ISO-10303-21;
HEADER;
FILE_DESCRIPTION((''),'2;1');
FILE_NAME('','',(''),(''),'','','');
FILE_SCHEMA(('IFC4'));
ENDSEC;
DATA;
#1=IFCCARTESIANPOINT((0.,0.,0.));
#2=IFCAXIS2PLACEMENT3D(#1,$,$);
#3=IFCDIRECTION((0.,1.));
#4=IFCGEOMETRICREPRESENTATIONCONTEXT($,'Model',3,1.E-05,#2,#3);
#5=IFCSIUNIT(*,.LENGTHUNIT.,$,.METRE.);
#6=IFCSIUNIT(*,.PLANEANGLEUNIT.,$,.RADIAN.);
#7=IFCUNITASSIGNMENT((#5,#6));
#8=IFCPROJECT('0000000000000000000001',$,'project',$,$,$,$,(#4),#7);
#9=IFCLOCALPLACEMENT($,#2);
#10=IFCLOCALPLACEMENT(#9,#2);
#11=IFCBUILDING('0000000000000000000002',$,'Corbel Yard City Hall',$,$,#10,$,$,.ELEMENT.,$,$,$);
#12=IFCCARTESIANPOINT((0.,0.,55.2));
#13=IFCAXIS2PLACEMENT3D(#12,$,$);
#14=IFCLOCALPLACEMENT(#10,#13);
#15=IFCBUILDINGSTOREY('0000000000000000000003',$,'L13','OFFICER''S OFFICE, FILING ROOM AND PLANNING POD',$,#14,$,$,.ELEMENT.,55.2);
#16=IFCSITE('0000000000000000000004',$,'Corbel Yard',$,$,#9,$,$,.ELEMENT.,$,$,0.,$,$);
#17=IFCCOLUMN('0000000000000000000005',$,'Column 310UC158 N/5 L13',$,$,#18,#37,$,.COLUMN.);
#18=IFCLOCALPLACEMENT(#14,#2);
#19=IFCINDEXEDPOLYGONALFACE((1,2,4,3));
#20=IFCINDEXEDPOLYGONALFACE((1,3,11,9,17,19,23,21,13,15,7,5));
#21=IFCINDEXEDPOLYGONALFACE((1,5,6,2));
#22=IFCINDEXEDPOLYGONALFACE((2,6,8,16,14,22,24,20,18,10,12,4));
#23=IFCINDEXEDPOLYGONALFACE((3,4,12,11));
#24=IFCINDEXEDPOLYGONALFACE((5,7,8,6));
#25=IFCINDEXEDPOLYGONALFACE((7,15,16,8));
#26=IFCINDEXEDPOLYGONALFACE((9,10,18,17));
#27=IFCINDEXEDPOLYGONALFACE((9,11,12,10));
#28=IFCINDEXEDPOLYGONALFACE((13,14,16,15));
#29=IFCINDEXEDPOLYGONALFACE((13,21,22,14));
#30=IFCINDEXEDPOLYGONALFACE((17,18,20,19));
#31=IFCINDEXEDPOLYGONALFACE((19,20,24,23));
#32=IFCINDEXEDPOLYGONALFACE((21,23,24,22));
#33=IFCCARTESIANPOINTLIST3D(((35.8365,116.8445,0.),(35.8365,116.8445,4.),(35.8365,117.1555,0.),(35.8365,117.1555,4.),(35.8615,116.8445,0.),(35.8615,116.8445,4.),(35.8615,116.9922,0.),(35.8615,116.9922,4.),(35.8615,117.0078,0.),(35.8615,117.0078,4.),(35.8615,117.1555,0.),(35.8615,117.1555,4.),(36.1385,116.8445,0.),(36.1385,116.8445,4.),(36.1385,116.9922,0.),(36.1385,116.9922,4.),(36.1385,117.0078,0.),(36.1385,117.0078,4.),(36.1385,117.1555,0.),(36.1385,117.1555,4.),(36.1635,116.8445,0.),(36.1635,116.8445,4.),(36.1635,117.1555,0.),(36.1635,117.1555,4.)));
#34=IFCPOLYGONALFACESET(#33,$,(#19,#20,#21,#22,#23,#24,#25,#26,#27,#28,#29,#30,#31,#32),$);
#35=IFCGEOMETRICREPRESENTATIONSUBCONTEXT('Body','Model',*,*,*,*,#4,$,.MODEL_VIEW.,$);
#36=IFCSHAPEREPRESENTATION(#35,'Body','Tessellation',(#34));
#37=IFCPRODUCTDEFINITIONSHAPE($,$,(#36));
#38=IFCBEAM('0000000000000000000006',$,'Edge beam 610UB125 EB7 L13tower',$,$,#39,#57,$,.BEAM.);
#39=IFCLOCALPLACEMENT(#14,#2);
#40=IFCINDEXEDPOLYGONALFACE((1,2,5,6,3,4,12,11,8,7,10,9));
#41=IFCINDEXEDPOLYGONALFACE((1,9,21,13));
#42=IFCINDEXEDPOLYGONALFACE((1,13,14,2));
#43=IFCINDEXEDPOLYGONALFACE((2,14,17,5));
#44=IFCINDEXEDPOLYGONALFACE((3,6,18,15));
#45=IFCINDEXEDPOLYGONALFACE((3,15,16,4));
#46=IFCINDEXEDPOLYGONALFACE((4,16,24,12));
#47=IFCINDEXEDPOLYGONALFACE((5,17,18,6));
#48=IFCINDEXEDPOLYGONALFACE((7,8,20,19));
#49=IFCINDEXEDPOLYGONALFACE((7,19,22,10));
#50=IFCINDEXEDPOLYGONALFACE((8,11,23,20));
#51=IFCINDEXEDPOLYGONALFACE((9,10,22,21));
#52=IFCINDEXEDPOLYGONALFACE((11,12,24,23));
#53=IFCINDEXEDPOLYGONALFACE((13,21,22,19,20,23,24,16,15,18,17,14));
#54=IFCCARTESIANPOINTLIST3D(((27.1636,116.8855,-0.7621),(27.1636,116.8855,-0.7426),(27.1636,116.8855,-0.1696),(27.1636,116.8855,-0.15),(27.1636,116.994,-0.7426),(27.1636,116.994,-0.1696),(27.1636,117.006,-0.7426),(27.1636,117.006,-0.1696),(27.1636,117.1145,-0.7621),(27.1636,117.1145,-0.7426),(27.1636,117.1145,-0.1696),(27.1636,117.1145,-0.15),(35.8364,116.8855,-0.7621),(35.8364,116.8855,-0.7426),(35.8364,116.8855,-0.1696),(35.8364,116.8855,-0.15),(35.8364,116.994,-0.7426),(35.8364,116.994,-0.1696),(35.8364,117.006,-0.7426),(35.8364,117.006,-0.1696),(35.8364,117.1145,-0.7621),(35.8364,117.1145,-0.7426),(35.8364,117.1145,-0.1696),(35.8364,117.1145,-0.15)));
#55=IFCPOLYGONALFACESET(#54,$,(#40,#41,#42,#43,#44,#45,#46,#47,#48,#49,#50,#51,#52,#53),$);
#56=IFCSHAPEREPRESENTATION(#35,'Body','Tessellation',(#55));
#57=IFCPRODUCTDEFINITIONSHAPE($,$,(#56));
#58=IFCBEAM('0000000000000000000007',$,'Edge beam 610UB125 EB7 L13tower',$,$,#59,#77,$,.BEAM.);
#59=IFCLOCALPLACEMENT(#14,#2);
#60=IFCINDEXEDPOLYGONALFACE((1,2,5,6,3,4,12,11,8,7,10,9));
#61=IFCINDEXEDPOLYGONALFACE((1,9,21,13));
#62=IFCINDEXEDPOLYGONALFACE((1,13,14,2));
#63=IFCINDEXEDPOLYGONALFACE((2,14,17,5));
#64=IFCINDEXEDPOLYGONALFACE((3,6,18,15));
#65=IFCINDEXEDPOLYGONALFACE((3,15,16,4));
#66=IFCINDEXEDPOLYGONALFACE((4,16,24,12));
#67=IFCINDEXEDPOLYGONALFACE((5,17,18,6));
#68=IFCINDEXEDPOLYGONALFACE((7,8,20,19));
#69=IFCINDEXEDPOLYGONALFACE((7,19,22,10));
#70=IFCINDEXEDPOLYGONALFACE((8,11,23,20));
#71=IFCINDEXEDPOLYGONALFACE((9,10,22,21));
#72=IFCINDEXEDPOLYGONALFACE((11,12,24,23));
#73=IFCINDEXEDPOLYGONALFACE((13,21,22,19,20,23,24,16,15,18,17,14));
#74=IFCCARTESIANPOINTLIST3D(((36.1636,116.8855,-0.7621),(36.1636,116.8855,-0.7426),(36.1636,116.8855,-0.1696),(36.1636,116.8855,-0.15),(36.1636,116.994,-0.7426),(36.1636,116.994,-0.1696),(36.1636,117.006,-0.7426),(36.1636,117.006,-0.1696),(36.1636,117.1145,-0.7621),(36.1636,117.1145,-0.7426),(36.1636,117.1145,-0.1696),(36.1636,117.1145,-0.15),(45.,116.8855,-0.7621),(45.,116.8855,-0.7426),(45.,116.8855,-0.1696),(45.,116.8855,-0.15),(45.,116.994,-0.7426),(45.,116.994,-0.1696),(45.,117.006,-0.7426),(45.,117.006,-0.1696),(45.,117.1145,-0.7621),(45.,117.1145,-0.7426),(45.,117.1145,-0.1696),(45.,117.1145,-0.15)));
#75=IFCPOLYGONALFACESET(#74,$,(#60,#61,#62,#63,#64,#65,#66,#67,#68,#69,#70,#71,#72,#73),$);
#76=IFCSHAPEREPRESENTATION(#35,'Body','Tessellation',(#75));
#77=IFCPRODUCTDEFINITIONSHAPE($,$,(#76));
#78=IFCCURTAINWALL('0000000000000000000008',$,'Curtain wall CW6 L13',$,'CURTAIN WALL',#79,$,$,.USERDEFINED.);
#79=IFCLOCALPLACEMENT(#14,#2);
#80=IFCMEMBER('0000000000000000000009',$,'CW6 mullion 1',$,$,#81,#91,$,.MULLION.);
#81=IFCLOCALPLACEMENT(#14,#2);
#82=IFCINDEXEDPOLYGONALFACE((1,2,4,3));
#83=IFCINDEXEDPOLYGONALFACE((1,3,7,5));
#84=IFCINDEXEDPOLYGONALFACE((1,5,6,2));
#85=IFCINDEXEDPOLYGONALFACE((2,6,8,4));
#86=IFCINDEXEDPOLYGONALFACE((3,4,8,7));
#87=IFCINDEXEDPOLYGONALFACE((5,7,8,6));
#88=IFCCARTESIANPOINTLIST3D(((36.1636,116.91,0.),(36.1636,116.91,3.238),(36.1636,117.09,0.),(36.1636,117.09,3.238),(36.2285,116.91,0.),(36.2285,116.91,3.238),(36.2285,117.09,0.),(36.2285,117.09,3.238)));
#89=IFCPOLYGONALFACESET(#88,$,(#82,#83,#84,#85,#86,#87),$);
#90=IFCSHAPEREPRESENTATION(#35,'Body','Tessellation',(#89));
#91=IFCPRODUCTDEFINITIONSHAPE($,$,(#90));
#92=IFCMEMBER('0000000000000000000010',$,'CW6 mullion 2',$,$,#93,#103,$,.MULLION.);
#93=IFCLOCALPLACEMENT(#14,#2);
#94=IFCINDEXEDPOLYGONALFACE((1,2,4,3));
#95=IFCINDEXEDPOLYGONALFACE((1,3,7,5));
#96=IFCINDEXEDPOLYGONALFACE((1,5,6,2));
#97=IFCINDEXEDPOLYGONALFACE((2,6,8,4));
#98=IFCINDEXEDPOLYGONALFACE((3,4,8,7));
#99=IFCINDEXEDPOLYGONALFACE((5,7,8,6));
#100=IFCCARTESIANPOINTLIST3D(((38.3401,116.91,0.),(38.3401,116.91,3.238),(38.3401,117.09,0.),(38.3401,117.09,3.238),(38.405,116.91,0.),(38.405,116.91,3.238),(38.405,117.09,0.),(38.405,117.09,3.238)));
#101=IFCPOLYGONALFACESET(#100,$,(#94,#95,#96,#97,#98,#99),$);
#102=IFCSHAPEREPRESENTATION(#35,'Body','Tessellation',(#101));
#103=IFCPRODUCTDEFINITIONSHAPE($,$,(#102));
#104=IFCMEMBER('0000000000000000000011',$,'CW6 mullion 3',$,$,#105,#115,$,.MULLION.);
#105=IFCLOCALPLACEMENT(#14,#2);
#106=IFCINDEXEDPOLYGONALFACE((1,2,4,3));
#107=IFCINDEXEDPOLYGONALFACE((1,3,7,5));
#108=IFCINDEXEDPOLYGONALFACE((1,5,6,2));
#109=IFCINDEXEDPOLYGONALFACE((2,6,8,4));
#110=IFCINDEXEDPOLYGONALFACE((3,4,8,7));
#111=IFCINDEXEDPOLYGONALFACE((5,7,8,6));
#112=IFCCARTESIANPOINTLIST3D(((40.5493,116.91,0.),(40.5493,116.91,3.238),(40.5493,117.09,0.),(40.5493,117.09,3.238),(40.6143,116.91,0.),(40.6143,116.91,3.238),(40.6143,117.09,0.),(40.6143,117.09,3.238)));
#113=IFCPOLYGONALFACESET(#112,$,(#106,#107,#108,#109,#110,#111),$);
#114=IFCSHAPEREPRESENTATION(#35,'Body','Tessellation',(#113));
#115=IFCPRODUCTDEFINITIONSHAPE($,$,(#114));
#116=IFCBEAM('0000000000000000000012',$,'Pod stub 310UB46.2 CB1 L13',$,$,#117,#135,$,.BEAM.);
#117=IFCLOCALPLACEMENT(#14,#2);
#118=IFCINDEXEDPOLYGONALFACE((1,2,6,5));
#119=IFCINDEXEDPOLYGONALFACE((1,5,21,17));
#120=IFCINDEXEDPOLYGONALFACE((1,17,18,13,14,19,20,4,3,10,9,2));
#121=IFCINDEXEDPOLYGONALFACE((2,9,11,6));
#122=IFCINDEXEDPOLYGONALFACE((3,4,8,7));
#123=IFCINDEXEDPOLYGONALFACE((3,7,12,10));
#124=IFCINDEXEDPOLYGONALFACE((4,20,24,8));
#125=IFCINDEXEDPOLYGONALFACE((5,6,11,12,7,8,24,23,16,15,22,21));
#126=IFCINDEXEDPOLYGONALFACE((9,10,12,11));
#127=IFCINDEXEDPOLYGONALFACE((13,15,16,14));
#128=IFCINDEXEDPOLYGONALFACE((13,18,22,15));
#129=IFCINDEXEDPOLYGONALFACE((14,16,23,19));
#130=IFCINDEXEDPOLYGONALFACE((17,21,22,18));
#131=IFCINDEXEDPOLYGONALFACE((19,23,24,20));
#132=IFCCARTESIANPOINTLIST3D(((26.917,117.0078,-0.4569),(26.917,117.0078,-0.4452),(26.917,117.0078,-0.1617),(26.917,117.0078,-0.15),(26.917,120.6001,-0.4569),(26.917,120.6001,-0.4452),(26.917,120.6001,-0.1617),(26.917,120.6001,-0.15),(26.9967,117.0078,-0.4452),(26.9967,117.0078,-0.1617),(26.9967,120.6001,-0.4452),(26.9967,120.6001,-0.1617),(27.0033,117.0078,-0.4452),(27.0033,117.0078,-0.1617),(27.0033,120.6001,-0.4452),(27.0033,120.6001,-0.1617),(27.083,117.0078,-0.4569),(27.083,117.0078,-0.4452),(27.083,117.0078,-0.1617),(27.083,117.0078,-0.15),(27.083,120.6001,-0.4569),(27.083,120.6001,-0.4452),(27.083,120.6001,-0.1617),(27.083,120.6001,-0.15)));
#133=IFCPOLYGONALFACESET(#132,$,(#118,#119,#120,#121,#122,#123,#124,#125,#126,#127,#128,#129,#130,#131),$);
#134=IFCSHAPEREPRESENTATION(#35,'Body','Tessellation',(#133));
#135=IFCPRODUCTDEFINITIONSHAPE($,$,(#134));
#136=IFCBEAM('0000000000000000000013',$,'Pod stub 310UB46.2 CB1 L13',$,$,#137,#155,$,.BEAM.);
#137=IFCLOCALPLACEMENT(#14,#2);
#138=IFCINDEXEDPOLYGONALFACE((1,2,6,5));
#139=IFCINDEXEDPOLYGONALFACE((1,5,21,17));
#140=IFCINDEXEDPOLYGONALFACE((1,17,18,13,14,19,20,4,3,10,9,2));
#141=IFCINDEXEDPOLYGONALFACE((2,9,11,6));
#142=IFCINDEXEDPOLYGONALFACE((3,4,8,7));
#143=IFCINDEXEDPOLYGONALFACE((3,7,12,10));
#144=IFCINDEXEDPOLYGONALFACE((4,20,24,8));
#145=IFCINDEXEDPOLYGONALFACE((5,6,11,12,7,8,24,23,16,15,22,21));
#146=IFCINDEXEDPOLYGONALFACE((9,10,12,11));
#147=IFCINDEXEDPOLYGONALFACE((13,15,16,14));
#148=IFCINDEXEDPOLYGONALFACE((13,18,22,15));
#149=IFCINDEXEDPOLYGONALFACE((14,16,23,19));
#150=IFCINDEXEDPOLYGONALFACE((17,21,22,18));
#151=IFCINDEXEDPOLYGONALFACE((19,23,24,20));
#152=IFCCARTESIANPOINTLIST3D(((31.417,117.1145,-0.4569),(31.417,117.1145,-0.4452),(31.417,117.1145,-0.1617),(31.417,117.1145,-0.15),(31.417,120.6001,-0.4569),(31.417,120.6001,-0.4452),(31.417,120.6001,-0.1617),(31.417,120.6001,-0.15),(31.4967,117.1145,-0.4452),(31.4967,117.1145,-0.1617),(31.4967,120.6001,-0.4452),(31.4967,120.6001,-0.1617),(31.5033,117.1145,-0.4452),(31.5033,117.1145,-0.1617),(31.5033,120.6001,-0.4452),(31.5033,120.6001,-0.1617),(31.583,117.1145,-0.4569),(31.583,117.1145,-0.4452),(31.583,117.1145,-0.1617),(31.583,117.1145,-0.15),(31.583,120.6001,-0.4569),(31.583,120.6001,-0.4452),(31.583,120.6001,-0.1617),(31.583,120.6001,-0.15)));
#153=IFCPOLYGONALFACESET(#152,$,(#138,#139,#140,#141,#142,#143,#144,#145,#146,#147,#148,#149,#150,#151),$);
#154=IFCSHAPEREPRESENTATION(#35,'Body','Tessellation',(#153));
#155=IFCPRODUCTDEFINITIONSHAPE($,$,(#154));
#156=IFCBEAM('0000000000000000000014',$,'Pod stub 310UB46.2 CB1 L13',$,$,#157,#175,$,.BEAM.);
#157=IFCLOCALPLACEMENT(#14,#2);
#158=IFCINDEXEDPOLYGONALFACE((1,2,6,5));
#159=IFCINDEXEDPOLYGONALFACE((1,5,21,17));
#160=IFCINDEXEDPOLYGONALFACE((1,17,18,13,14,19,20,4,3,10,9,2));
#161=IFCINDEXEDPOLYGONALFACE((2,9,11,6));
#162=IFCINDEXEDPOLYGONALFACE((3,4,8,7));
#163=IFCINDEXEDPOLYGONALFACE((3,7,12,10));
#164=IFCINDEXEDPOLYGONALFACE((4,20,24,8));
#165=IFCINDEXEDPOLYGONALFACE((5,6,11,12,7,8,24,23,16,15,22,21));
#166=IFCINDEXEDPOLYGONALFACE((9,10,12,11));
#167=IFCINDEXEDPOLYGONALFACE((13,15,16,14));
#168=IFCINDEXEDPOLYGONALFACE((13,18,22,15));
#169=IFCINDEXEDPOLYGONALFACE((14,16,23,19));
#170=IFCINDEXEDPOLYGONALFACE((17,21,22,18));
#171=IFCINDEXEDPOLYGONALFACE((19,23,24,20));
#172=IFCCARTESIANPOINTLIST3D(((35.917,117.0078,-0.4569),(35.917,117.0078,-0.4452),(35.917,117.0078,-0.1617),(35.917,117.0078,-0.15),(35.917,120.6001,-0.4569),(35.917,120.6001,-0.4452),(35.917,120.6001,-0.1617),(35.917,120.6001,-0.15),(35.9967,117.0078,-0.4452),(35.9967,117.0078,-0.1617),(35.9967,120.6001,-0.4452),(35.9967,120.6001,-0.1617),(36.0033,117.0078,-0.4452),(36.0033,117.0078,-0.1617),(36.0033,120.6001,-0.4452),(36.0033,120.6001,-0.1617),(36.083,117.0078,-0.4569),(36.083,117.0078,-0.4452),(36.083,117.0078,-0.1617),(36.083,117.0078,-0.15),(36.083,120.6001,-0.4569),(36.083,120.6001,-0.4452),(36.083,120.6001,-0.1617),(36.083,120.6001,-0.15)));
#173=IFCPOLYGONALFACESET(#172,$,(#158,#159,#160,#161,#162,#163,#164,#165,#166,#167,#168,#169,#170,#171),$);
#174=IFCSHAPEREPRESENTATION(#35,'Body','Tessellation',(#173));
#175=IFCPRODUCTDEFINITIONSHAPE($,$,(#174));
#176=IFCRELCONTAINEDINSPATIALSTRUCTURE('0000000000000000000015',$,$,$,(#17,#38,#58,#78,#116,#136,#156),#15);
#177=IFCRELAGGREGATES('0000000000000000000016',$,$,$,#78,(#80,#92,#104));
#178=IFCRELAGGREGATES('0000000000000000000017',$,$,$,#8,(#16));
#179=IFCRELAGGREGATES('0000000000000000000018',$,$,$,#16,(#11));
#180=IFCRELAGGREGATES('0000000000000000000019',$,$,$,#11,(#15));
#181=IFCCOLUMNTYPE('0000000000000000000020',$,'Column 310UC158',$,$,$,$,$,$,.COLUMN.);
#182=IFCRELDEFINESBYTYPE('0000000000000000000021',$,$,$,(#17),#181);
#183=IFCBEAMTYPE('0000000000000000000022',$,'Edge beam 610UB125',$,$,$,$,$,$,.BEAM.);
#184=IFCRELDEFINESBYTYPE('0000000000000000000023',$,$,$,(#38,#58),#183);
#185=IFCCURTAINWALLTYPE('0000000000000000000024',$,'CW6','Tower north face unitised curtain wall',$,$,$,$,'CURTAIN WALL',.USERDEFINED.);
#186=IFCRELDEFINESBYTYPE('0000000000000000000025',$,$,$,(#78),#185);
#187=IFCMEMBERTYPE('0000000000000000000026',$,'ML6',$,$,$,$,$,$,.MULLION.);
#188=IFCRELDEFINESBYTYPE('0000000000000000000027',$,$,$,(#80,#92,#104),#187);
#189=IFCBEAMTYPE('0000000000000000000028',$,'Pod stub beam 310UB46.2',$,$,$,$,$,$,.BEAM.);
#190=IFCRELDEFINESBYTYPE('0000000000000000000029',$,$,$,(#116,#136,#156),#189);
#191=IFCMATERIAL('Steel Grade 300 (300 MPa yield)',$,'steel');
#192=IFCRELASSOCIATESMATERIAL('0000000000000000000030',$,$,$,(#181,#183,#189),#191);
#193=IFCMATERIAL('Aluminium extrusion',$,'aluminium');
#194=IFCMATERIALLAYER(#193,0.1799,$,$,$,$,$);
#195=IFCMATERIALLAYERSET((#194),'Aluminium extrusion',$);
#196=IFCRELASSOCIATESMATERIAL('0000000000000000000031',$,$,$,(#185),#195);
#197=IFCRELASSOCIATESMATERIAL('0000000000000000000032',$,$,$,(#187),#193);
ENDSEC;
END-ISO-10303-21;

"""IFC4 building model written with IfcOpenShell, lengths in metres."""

from ifc_helpers import new_model, si_unit, direction, frame, origin, origin_2d, place, context, subcontext, project, spatial, rectangle, i_section, extrude, material, layer, layer_set, material_profile, profile_set, type_object, element, aggregate, save


model = new_model("IFC4")

# Units and contexts
model_context = context("Model", 3, precision=1e-05, world=origin(), true_north=direction((0.0, 1.0)))
body_context = subcontext(model_context, "Body", "Model", "MODEL_VIEW")
ifc_project = project(units=[si_unit("LENGTHUNIT", "METRE"), si_unit("PLANEANGLEUNIT", "RADIAN")], contexts=[model_context])

# Site, building, storey
site_placement = place(None, origin())
site = spatial("IfcSite", under=ifc_project, at=site_placement, Name="Corbel Yard", CompositionType="ELEMENT", RefElevation=0.0)
building_placement = place(site_placement, origin())
building = spatial("IfcBuilding", under=site, at=building_placement, Name="Corbel Yard City Hall", CompositionType="ELEMENT")
storey_placement = place(building_placement, frame((0.0, 0.0, 55.2)))
storey = spatial("IfcBuildingStorey", under=building, at=storey_placement, Name="L13", Description="OFFICER'S OFFICE, FILING ROOM AND PLANNING POD", CompositionType="ELEMENT", Elevation=55.2)

# Column
ifc_material_1 = material(Name="Steel Grade 300 (300 MPa yield)", Category="steel")
ifc_material_profile_1 = material_profile(ifc_material_1, i_section(OverallWidth=0.311, OverallDepth=0.3269, WebThickness=0.0156, FlangeThickness=0.0249, at=origin_2d()), Name="310UC158")
ifc_profile_set_1 = profile_set([ifc_material_profile_1], Name="Steel Grade 300 (300 MPa yield)")
column_type = type_object("IfcColumnType", Name="Column 310UC158", PredefinedType="COLUMN", material=ifc_profile_set_1)
column_placement = place(storey_placement, frame((36.0, 117.0, 0.0), z_axis=(0.0, 0.0, 1.0), x_axis=(0.0, 1.0, 0.0)))
element("IfcColumn", 1, at=column_placement, inside=storey, type_object=column_type, Name="Column 310UC158 N/5 L13", PredefinedType="COLUMN", context=body_context, shape_type="SweptSolid", body=[
    extrude(i_section(OverallWidth=0.311, OverallDepth=0.3269, WebThickness=0.0156, FlangeThickness=0.0249, at=origin_2d()), origin(), (0.0, 0.0, 1.0), 4.0),
])

# Beams
ifc_material_profile_2 = material_profile(ifc_material_1, i_section(OverallWidth=0.229, OverallDepth=0.6121, WebThickness=0.012, FlangeThickness=0.0195, at=origin_2d()), Name="610UB125")
ifc_profile_set_2 = profile_set([ifc_material_profile_2], Name="Steel Grade 300 (300 MPa yield)")
beam_type_1 = type_object("IfcBeamType", Name="Edge beam 610UB125", PredefinedType="BEAM", material=ifc_profile_set_2)
beam_1_placement = place(storey_placement, frame((27.1636, 117.0, -0.4561), z_axis=(1.0, 0.0, 0.0), x_axis=(0.0, 1.0, 0.0)))
element("IfcBeam", 2, at=beam_1_placement, inside=storey, type_object=beam_type_1, Name="Edge beam 610UB125 EB7 L13tower", PredefinedType="BEAM", context=body_context, shape_type="SweptSolid", body=[
    extrude(i_section(OverallWidth=0.229, OverallDepth=0.6121, WebThickness=0.012, FlangeThickness=0.0195, at=origin_2d()), origin(), (0.0, 0.0, 1.0), 8.6729),
])
beam_2_placement = place(storey_placement, frame((36.1636, 117.0, -0.4561), z_axis=(1.0, 0.0, 0.0), x_axis=(0.0, 1.0, 0.0)))
element("IfcBeam", 3, at=beam_2_placement, inside=storey, type_object=beam_type_1, Name="Edge beam 610UB125 EB7 L13tower", PredefinedType="BEAM", context=body_context, shape_type="SweptSolid", body=[
    extrude(i_section(OverallWidth=0.229, OverallDepth=0.6121, WebThickness=0.012, FlangeThickness=0.0195, at=origin_2d()), origin(), (0.0, 0.0, 1.0), 8.8364),
])

# Curtain wall, members
ifc_material_2 = material(Name="Aluminium extrusion", Category="aluminium")
ifc_layer_1 = layer(ifc_material_2, 0.1799)
ifc_layer_set_1 = layer_set([ifc_layer_1], Name="Aluminium extrusion")
curtain_wall_type = type_object("IfcCurtainWallType", Name="CW6", Description="Tower north face unitised curtain wall", ElementType="CURTAIN WALL", PredefinedType="USERDEFINED", material=ifc_layer_set_1)
curtain_wall_placement = place(storey_placement, origin())
curtain_wall = element("IfcCurtainWall", 4, at=curtain_wall_placement, inside=storey, type_object=curtain_wall_type, Name="Curtain wall CW6 L13", ObjectType="CURTAIN WALL", PredefinedType="USERDEFINED")
ifc_material_profile_3 = material_profile(ifc_material_2, rectangle(XDim=0.1799, YDim=0.0649, at=origin_2d()), Name="180x65")
ifc_profile_set_3 = profile_set([ifc_material_profile_3], Name="Aluminium extrusion")
member_type_1 = type_object("IfcMemberType", Name="ML6", PredefinedType="MULLION", material=ifc_profile_set_3)
member_1_placement = place(storey_placement, frame((36.196, 117.0, 0.0), z_axis=(0.0, 0.0, 1.0), x_axis=(0.0, 1.0, 0.0)))
member_1 = element("IfcMember", 5, at=member_1_placement, type_object=member_type_1, Name="CW6 mullion 1", PredefinedType="MULLION", context=body_context, shape_type="SweptSolid", body=[
    extrude(rectangle(XDim=0.1799, YDim=0.0649, at=origin_2d()), origin(), (0.0, 0.0, 1.0), 3.238),
])
member_2_placement = place(storey_placement, frame((38.3726, 117.0, 0.0), z_axis=(0.0, 0.0, 1.0), x_axis=(0.0, 1.0, 0.0)))
member_2 = element("IfcMember", 6, at=member_2_placement, type_object=member_type_1, Name="CW6 mullion 2", PredefinedType="MULLION", context=body_context, shape_type="SweptSolid", body=[
    extrude(rectangle(XDim=0.1799, YDim=0.0649, at=origin_2d()), origin(), (0.0, 0.0, 1.0), 3.238),
])
member_3_placement = place(storey_placement, frame((40.5818, 117.0, 0.0), z_axis=(0.0, 0.0, 1.0), x_axis=(0.0, 1.0, 0.0)))
member_3 = element("IfcMember", 7, at=member_3_placement, type_object=member_type_1, Name="CW6 mullion 3", PredefinedType="MULLION", context=body_context, shape_type="SweptSolid", body=[
    extrude(rectangle(XDim=0.1799, YDim=0.0649, at=origin_2d()), origin(), (0.0, 0.0, 1.0), 3.238),
])

# Beams
ifc_material_profile_4 = material_profile(ifc_material_1, i_section(OverallWidth=0.166, OverallDepth=0.3069, WebThickness=0.0066, FlangeThickness=0.0117, at=origin_2d()), Name="310UB46.2")
ifc_profile_set_4 = profile_set([ifc_material_profile_4], Name="Steel Grade 300 (300 MPa yield)")
beam_type_2 = type_object("IfcBeamType", Name="Pod stub beam 310UB46.2", PredefinedType="BEAM", material=ifc_profile_set_4)
beam_3_placement = place(storey_placement, frame((27.0, 117.0078, -0.3035), z_axis=(0.0, 1.0, 0.0), x_axis=(-1.0, 0.0, 0.0)))
element("IfcBeam", 8, at=beam_3_placement, inside=storey, type_object=beam_type_2, Name="Pod stub 310UB46.2 CB1 L13", PredefinedType="BEAM", context=body_context, shape_type="SweptSolid", body=[
    extrude(i_section(OverallWidth=0.166, OverallDepth=0.3069, WebThickness=0.0066, FlangeThickness=0.0117, at=origin_2d()), origin(), (0.0, 0.0, 1.0), 3.5923),
])
beam_4_placement = place(storey_placement, frame((31.5, 117.1145, -0.3035), z_axis=(0.0, 1.0, 0.0), x_axis=(-1.0, 0.0, 0.0)))
element("IfcBeam", 9, at=beam_4_placement, inside=storey, type_object=beam_type_2, Name="Pod stub 310UB46.2 CB1 L13", PredefinedType="BEAM", context=body_context, shape_type="SweptSolid", body=[
    extrude(i_section(OverallWidth=0.166, OverallDepth=0.3069, WebThickness=0.0066, FlangeThickness=0.0117, at=origin_2d()), origin(), (0.0, 0.0, 1.0), 3.4856),
])
beam_5_placement = place(storey_placement, frame((36.0, 117.0078, -0.3035), z_axis=(0.0, 1.0, 0.0), x_axis=(-1.0, 0.0, 0.0)))
element("IfcBeam", 10, at=beam_5_placement, inside=storey, type_object=beam_type_2, Name="Pod stub 310UB46.2 CB1 L13", PredefinedType="BEAM", context=body_context, shape_type="SweptSolid", body=[
    extrude(i_section(OverallWidth=0.166, OverallDepth=0.3069, WebThickness=0.0066, FlangeThickness=0.0117, at=origin_2d()), origin(), (0.0, 0.0, 1.0), 3.5923),
])

aggregate(curtain_wall, [member_1, member_2, member_3])

save(model, "model.ifc")
